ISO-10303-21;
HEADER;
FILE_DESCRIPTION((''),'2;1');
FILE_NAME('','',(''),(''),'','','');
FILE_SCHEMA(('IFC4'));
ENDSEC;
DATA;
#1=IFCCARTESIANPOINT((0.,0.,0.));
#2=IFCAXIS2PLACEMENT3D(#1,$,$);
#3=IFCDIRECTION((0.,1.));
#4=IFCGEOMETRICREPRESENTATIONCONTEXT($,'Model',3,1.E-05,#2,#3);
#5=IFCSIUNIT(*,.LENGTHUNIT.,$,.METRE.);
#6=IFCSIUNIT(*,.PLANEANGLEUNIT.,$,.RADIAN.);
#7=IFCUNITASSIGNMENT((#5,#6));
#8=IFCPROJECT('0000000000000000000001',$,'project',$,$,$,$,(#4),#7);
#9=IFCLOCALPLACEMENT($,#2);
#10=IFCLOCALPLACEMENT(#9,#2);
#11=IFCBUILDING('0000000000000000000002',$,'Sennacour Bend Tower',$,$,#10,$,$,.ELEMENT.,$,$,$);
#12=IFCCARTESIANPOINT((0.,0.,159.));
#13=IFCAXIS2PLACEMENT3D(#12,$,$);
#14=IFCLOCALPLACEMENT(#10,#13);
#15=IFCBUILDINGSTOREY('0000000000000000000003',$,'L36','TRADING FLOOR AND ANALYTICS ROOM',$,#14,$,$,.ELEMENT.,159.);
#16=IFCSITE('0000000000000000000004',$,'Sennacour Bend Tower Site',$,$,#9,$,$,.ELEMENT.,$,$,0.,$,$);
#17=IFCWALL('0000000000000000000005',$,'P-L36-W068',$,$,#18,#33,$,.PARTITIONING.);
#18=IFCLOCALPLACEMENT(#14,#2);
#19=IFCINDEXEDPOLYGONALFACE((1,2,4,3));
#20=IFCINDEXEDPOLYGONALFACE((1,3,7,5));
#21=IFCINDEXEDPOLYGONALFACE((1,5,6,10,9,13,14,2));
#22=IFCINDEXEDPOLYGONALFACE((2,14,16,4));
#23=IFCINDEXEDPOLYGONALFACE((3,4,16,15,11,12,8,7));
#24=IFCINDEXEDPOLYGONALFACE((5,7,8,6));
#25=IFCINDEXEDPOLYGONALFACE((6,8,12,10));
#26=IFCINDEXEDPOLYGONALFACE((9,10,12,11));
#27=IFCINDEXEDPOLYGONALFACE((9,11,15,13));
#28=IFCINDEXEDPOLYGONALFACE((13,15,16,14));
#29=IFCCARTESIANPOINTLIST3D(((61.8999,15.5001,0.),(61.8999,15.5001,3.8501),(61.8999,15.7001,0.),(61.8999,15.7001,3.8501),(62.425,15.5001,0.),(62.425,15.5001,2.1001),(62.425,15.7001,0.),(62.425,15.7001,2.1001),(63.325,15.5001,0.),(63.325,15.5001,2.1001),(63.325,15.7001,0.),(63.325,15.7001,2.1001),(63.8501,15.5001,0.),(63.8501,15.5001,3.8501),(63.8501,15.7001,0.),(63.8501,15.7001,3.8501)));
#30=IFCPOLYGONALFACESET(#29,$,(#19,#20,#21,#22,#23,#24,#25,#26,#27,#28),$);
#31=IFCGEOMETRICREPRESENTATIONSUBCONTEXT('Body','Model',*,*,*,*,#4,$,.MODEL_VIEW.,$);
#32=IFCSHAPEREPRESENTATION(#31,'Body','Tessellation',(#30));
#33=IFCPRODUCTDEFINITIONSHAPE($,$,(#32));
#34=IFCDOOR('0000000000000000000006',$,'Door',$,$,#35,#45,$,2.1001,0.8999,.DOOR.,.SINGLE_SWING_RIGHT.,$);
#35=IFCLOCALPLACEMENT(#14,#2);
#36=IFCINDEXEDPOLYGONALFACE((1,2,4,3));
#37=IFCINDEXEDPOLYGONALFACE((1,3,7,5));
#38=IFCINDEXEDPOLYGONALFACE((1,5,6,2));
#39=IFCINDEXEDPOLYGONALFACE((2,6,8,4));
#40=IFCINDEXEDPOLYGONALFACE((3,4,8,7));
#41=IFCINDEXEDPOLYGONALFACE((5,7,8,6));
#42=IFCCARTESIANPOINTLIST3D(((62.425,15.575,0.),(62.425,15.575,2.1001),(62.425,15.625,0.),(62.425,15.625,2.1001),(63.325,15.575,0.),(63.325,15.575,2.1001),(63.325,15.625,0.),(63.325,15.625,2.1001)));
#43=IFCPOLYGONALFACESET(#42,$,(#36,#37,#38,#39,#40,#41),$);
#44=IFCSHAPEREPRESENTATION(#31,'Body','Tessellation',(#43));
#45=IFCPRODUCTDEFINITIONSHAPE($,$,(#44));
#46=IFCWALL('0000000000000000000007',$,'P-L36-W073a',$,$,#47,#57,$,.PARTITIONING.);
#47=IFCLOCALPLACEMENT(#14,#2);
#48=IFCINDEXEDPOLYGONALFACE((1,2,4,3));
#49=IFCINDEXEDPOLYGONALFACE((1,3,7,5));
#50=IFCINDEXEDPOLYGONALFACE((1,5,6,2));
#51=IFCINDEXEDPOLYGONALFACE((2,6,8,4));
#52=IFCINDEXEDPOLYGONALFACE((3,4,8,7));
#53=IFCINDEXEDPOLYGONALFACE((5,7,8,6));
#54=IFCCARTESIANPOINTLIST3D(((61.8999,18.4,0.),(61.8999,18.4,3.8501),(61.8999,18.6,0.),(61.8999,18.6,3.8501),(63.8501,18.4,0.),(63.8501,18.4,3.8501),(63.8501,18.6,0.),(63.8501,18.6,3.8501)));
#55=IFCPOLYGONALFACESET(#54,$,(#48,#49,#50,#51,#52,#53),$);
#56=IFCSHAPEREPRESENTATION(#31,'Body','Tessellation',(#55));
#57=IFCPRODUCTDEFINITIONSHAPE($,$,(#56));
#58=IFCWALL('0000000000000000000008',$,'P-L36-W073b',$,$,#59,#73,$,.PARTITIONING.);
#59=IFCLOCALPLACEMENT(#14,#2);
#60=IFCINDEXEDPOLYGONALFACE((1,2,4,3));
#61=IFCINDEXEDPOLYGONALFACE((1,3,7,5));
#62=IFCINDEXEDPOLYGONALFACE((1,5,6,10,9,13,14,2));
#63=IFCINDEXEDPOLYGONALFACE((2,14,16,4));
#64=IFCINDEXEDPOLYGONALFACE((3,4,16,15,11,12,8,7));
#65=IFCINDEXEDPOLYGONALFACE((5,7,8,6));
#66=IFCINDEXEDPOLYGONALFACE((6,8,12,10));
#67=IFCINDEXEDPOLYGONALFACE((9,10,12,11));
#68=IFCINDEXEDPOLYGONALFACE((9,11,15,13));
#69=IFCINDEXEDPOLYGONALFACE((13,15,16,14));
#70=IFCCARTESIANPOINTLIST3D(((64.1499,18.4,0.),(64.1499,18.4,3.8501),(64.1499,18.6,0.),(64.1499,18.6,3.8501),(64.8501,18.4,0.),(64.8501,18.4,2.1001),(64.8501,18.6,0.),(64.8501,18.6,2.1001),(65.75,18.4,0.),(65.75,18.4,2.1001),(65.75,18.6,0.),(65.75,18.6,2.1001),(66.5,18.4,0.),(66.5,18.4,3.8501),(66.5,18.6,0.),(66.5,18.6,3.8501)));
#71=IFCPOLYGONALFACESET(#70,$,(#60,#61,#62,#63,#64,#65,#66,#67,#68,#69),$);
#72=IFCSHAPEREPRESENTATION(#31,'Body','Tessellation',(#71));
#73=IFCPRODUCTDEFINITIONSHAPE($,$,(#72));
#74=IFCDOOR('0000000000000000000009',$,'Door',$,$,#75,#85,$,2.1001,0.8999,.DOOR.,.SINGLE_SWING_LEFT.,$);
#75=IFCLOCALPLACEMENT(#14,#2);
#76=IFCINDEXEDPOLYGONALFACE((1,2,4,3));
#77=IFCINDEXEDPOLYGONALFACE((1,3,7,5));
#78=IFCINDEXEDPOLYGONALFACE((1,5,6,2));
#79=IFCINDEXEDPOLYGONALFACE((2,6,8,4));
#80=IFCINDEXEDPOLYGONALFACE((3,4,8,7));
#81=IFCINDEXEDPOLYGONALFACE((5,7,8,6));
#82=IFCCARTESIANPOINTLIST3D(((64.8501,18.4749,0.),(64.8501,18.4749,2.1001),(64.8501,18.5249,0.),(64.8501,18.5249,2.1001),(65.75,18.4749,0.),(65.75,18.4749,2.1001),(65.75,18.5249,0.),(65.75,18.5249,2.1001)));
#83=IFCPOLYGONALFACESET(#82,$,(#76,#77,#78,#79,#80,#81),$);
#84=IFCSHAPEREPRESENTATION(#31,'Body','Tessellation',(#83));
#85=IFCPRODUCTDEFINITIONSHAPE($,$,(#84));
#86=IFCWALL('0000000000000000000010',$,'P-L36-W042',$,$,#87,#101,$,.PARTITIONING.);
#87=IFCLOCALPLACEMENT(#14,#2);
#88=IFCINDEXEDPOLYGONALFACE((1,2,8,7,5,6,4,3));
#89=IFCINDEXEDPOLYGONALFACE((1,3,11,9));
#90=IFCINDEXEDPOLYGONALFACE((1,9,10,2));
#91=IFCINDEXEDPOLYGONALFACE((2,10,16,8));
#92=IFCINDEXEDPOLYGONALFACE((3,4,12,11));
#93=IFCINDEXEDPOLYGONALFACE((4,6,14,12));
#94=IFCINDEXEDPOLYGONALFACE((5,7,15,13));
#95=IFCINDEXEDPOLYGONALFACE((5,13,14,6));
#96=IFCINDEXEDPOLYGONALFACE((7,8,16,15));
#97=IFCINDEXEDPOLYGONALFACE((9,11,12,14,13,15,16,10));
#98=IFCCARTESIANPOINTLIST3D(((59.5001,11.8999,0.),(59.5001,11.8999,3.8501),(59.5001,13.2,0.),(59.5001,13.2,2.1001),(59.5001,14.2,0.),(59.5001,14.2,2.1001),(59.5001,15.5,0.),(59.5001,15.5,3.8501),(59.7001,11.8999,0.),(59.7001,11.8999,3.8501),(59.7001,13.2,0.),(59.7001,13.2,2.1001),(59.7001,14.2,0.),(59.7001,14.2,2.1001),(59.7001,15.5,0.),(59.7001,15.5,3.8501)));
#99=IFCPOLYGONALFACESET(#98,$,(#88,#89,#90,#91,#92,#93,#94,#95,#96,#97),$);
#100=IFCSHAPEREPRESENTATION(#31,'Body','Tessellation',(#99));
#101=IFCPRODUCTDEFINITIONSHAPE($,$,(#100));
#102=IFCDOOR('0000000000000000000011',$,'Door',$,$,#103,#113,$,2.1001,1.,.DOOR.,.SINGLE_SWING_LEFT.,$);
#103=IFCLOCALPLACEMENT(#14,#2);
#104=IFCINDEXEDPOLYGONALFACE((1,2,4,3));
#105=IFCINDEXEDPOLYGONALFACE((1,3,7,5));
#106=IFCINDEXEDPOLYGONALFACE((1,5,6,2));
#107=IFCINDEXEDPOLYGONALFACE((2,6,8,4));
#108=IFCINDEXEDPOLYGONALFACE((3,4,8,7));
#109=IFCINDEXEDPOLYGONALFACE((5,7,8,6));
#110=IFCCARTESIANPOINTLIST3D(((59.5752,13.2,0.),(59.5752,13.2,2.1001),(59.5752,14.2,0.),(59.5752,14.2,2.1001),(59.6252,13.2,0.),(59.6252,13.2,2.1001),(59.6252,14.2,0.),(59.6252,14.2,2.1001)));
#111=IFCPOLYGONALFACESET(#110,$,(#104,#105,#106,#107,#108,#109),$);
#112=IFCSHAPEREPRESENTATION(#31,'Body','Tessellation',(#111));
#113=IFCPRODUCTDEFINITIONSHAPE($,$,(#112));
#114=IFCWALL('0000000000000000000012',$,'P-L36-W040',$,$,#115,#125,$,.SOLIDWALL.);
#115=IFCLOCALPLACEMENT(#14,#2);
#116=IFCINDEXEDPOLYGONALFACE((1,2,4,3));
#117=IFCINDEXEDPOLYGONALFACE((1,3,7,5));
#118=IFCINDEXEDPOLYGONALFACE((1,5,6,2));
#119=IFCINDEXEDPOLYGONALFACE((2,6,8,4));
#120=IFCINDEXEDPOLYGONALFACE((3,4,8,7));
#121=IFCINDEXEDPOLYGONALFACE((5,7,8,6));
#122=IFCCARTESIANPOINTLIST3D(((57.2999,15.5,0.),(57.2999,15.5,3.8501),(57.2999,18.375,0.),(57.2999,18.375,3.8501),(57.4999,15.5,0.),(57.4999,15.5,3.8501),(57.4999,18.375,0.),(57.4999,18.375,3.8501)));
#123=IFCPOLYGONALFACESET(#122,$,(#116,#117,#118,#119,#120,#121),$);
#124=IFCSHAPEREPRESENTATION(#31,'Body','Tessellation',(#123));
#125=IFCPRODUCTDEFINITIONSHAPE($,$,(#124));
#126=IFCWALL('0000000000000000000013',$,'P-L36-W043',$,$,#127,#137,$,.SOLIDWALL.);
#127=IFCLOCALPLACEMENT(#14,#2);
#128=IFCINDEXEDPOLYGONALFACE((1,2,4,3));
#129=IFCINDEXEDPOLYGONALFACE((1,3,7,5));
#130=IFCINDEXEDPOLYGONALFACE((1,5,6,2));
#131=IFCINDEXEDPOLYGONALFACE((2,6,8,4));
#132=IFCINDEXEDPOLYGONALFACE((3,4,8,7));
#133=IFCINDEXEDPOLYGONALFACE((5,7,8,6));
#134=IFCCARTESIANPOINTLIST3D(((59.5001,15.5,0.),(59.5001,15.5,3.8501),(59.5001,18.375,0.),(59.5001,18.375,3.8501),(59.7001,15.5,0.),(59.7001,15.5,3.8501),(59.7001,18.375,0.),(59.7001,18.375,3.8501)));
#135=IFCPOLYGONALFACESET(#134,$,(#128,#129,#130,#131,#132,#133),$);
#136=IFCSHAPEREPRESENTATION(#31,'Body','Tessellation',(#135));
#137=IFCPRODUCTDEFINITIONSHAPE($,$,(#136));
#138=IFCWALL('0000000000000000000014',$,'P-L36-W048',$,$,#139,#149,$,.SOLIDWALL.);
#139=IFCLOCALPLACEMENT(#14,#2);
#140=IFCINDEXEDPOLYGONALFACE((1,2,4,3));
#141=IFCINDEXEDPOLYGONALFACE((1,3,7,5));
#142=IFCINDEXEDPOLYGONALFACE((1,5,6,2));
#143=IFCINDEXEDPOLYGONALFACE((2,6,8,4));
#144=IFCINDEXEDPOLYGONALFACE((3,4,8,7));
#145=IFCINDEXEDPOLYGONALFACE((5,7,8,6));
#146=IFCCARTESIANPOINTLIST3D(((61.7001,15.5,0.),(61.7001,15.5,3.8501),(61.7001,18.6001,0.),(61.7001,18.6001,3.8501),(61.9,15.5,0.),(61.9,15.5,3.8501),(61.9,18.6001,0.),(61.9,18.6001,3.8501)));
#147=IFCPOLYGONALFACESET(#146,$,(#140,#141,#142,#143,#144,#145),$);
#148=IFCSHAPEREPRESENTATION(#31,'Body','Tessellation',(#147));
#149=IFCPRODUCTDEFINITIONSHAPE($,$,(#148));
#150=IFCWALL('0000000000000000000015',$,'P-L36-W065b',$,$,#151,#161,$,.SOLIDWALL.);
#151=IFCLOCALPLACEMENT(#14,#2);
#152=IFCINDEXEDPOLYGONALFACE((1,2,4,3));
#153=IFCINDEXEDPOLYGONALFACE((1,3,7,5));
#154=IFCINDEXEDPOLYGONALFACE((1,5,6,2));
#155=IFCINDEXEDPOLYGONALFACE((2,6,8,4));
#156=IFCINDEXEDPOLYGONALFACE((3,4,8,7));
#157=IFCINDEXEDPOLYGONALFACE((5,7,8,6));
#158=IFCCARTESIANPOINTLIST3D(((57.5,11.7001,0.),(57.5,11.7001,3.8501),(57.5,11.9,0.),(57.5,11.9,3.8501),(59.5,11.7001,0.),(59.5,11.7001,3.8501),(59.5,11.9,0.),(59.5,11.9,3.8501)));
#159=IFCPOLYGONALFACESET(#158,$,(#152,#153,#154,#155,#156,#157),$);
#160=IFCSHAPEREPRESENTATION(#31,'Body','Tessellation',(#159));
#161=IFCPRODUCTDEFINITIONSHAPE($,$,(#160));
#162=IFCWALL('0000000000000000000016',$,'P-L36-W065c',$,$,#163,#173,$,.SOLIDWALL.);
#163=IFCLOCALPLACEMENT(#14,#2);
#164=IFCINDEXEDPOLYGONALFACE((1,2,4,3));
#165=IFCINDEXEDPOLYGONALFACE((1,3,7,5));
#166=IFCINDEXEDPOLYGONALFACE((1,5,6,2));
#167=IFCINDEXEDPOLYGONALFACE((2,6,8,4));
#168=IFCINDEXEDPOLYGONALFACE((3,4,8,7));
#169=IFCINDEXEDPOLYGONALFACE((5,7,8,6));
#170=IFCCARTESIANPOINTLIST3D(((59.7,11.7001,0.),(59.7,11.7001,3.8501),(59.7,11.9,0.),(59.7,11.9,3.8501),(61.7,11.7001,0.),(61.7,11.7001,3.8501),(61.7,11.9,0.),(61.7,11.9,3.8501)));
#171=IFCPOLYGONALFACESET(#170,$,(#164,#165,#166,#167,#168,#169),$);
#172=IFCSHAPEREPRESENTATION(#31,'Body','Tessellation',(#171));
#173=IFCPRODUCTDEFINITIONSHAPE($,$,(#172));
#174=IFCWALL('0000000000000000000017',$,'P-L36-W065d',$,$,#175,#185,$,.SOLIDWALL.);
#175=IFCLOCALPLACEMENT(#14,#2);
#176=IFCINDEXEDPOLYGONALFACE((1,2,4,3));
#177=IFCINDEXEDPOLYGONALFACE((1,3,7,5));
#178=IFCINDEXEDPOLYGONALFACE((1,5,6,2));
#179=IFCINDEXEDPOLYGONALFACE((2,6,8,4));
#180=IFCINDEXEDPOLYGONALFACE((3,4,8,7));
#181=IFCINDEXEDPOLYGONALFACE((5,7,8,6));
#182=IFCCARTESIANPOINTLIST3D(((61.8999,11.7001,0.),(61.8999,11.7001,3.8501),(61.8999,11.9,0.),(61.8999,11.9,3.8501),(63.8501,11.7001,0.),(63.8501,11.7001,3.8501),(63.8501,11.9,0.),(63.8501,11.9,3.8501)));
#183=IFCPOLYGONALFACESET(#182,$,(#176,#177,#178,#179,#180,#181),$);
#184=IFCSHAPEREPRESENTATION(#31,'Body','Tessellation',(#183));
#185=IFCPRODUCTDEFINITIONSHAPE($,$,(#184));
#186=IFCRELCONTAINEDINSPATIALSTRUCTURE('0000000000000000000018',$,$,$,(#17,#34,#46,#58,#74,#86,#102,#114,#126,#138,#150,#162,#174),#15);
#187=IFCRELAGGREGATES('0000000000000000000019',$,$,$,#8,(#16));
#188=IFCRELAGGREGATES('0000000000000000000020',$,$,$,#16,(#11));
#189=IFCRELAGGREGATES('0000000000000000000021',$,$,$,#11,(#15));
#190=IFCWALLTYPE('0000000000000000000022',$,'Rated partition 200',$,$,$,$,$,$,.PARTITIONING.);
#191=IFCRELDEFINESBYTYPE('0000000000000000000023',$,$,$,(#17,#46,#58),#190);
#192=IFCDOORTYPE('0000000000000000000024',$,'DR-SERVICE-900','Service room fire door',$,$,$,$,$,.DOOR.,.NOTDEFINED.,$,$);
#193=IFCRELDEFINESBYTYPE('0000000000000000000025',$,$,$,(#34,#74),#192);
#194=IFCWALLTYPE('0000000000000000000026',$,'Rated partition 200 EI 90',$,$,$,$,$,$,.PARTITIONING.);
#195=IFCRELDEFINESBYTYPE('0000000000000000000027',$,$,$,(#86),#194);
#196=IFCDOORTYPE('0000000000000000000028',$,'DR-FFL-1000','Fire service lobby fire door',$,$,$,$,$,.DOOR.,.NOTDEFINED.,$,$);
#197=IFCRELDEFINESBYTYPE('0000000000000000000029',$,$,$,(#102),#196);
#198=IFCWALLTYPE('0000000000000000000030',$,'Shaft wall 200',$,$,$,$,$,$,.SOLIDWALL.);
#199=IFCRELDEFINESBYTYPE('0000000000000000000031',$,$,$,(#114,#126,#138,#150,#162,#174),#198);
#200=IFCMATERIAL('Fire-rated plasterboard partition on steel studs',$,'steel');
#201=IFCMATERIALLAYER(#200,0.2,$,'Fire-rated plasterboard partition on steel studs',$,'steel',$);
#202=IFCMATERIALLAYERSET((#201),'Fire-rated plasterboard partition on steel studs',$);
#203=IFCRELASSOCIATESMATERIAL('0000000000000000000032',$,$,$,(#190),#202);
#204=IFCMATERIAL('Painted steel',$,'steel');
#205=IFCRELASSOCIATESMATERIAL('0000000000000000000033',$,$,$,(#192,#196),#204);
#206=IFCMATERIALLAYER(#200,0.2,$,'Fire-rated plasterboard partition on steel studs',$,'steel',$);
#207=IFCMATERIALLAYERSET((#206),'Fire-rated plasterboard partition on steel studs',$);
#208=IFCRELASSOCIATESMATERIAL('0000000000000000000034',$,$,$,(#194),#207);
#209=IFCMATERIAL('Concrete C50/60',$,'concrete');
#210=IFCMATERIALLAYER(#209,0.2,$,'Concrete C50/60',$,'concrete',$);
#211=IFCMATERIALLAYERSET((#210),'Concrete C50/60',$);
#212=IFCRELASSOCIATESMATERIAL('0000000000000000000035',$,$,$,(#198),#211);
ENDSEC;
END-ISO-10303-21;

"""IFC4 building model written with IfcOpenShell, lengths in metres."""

from ifc_helpers import new_model, si_unit, direction, frame, frame_2d, origin, place, context, subcontext, project, spatial, rectangle, extrude, material, layer, layer_set, type_object, element, fill, save


model = new_model("IFC4")

# Units and contexts
model_context = context("Model", 3, precision=1e-05, world=origin(), true_north=direction((0.0, 1.0)))
body_context = subcontext(model_context, "Body", "Model", "MODEL_VIEW")
ifc_project = project(units=[si_unit("LENGTHUNIT", "METRE"), si_unit("PLANEANGLEUNIT", "RADIAN")], contexts=[model_context])

# Site, building, storey
site_placement = place(None, origin())
site = spatial("IfcSite", under=ifc_project, at=site_placement, Name="Sennacour Bend Tower Site", CompositionType="ELEMENT", RefElevation=0.0)
building_placement = place(site_placement, origin())
building = spatial("IfcBuilding", under=site, at=building_placement, Name="Sennacour Bend Tower", CompositionType="ELEMENT")
storey_placement = place(building_placement, frame((0.0, 0.0, 159.0)))
storey = spatial("IfcBuildingStorey", under=building, at=storey_placement, Name="L36", Description="TRADING FLOOR AND ANALYTICS ROOM", CompositionType="ELEMENT", Elevation=159.0)

# Wall, opening, door
ifc_material_1 = material(Name="Fire-rated plasterboard partition on steel studs", Category="steel")
ifc_layer_1 = layer(ifc_material_1, 0.2, Name="Fire-rated plasterboard partition on steel studs", Category="steel")
ifc_layer_set_1 = layer_set([ifc_layer_1], Name="Fire-rated plasterboard partition on steel studs")
wall_type_1 = type_object("IfcWallType", Name="Rated partition 200", PredefinedType="PARTITIONING", material=ifc_layer_set_1)
wall_1_placement = place(storey_placement, frame((61.8999, 15.6001, 0.0), z_axis=(0.0, 0.0, 1.0), x_axis=(1.0, 0.0, 0.0)))
wall_1 = element("IfcWall", 1, at=wall_1_placement, inside=storey, type_object=wall_type_1, Name="P-L36-W068", PredefinedType="PARTITIONING", context=body_context, shape_type="SweptSolid", body=[
    extrude(rectangle(XDim=1.9502, YDim=0.2, at=frame_2d((0.9751, 0.0))), origin(), (0.0, 0.0, 1.0), 3.8501),
])
opening_1_placement = place(wall_1_placement, frame((0.5251, 0.0, 0.0)))
opening_1 = element("IfcOpeningElement", 2, at=opening_1_placement, cuts=wall_1, PredefinedType="OPENING", context=body_context, shape_type="SweptSolid", body=[
    extrude(rectangle(XDim=0.8999, YDim=2.1001, at=frame_2d((0.45, 1.05))), frame((0.0, 0.1099, 0.0), z_axis=(0.0, -1.0, 0.0), x_axis=(1.0, 0.0, 0.0)), (0.0, 0.0, 1.0), 0.22),
])
ifc_material_2 = material(Name="Painted steel", Category="steel")
door_type_1 = type_object("IfcDoorType", Name="DR-SERVICE-900", Description="Service room fire door", OperationType="NOTDEFINED", PredefinedType="DOOR", material=ifc_material_2)
door_1_placement = place(opening_1_placement, origin())
door_1 = element("IfcDoor", 3, at=door_1_placement, inside=storey, type_object=door_type_1, Name="Door", OperationType="SINGLE_SWING_RIGHT", OverallHeight=2.1001, OverallWidth=0.8999, PredefinedType="DOOR", context=body_context, shape_type="SweptSolid", body=[
    extrude(rectangle(XDim=0.8999, YDim=2.1001, at=frame_2d((0.45, 1.05))), frame((0.0, 0.0249, 0.0), z_axis=(0.0, -1.0, 0.0), x_axis=(1.0, 0.0, 0.0)), (0.0, 0.0, 1.0), 0.05),
])
fill(opening_1, door_1)

# Wall
wall_2_placement = place(storey_placement, frame((61.8999, 18.5, 0.0), z_axis=(0.0, 0.0, 1.0), x_axis=(1.0, 0.0, 0.0)))
element("IfcWall", 4, at=wall_2_placement, inside=storey, type_object=wall_type_1, Name="P-L36-W073a", PredefinedType="PARTITIONING", context=body_context, shape_type="SweptSolid", body=[
    extrude(rectangle(XDim=1.9502, YDim=0.2, at=frame_2d((0.9751, 0.0))), origin(), (0.0, 0.0, 1.0), 3.8501),
])

# Walls, openings, doors
wall_3_placement = place(storey_placement, frame((64.1499, 18.5, 0.0), z_axis=(0.0, 0.0, 1.0), x_axis=(1.0, 0.0, 0.0)))
wall_3 = element("IfcWall", 5, at=wall_3_placement, inside=storey, type_object=wall_type_1, Name="P-L36-W073b", PredefinedType="PARTITIONING", context=body_context, shape_type="SweptSolid", body=[
    extrude(rectangle(XDim=2.3501, YDim=0.2, at=frame_2d((1.175, 0.0))), origin(), (0.0, 0.0, 1.0), 3.8501),
])
opening_2_placement = place(wall_3_placement, frame((0.7002, 0.0, 0.0)))
opening_2 = element("IfcOpeningElement", 6, at=opening_2_placement, cuts=wall_3, PredefinedType="OPENING", context=body_context, shape_type="SweptSolid", body=[
    extrude(rectangle(XDim=0.8999, YDim=2.1001, at=frame_2d((0.45, 1.05))), frame((0.0, 0.1099, 0.0), z_axis=(0.0, -1.0, 0.0), x_axis=(1.0, 0.0, 0.0)), (0.0, 0.0, 1.0), 0.22),
])
door_2_placement = place(opening_2_placement, origin())
door_2 = element("IfcDoor", 7, at=door_2_placement, inside=storey, type_object=door_type_1, Name="Door", OperationType="SINGLE_SWING_LEFT", OverallHeight=2.1001, OverallWidth=0.8999, PredefinedType="DOOR", context=body_context, shape_type="SweptSolid", body=[
    extrude(rectangle(XDim=0.8999, YDim=2.1001, at=frame_2d((0.45, 1.05))), frame((0.0, 0.0249, 0.0), z_axis=(0.0, -1.0, 0.0), x_axis=(1.0, 0.0, 0.0)), (0.0, 0.0, 1.0), 0.05),
])
fill(opening_2, door_2)
ifc_layer_2 = layer(ifc_material_1, 0.2, Name="Fire-rated plasterboard partition on steel studs", Category="steel")
ifc_layer_set_2 = layer_set([ifc_layer_2], Name="Fire-rated plasterboard partition on steel studs")
wall_type_2 = type_object("IfcWallType", Name="Rated partition 200 EI 90", PredefinedType="PARTITIONING", material=ifc_layer_set_2)
wall_4_placement = place(storey_placement, frame((59.6001, 11.8999, 0.0), z_axis=(0.0, 0.0, 1.0), x_axis=(0.0, 1.0, 0.0)))
wall_4 = element("IfcWall", 8, at=wall_4_placement, inside=storey, type_object=wall_type_2, Name="P-L36-W042", PredefinedType="PARTITIONING", context=body_context, shape_type="SweptSolid", body=[
    extrude(rectangle(XDim=3.6001, YDim=0.2, at=frame_2d((1.8, 0.0))), origin(), (0.0, 0.0, 1.0), 3.8501),
])
opening_3_placement = place(wall_4_placement, frame((1.3, 0.0, 0.0)))
opening_3 = element("IfcOpeningElement", 9, at=opening_3_placement, cuts=wall_4, PredefinedType="OPENING", context=body_context, shape_type="SweptSolid", body=[
    extrude(rectangle(XDim=1.0, YDim=2.1001, at=frame_2d((0.5, 1.05))), frame((0.0, 0.1099, 0.0), z_axis=(0.0, -1.0, 0.0), x_axis=(1.0, 0.0, 0.0)), (0.0, 0.0, 1.0), 0.22),
])
door_type_2 = type_object("IfcDoorType", Name="DR-FFL-1000", Description="Fire service lobby fire door", OperationType="NOTDEFINED", PredefinedType="DOOR", material=ifc_material_2)
door_3_placement = place(opening_3_placement, origin())
door_3 = element("IfcDoor", 10, at=door_3_placement, inside=storey, type_object=door_type_2, Name="Door", OperationType="SINGLE_SWING_LEFT", OverallHeight=2.1001, OverallWidth=1.0, PredefinedType="DOOR", context=body_context, shape_type="SweptSolid", body=[
    extrude(rectangle(XDim=1.0, YDim=2.1001, at=frame_2d((0.5, 1.05))), frame((0.0, 0.0249, 0.0), z_axis=(0.0, -1.0, 0.0), x_axis=(1.0, 0.0, 0.0)), (0.0, 0.0, 1.0), 0.05),
])
fill(opening_3, door_3)

# Walls
ifc_material_3 = material(Name="Concrete C50/60", Category="concrete")
ifc_layer_3 = layer(ifc_material_3, 0.2, Name="Concrete C50/60", Category="concrete")
ifc_layer_set_3 = layer_set([ifc_layer_3], Name="Concrete C50/60")
wall_type_3 = type_object("IfcWallType", Name="Shaft wall 200", PredefinedType="SOLIDWALL", material=ifc_layer_set_3)
for number, where, z_axis, x_axis, name in (
    (11, (57.3999, 15.5, 0.0), (0.0, 0.0, 1.0), (0.0, 1.0, 0.0), "P-L36-W040"),
    (12, (59.6001, 15.5, 0.0), (0.0, 0.0, 1.0), (0.0, 1.0, 0.0), "P-L36-W043"),
):
    element("IfcWall", number, at=place(storey_placement, frame(where, z_axis=z_axis, x_axis=x_axis)), inside=storey, type_object=wall_type_3, Name=name, PredefinedType="SOLIDWALL", context=body_context, shape_type="SweptSolid", body=[
        extrude(rectangle(XDim=2.875, YDim=0.2, at=frame_2d((1.4375, 0.0))), origin(), (0.0, 0.0, 1.0), 3.8501),
    ])
wall_5_placement = place(storey_placement, frame((61.8, 15.5, 0.0), z_axis=(0.0, 0.0, 1.0), x_axis=(0.0, 1.0, 0.0)))
element("IfcWall", 13, at=wall_5_placement, inside=storey, type_object=wall_type_3, Name="P-L36-W048", PredefinedType="SOLIDWALL", context=body_context, shape_type="SweptSolid", body=[
    extrude(rectangle(XDim=3.1001, YDim=0.2, at=frame_2d((1.55, 0.0))), origin(), (0.0, 0.0, 1.0), 3.8501),
])
for number, where, z_axis, x_axis, name in (
    (14, (57.5, 11.8, 0.0), (0.0, 0.0, 1.0), (1.0, 0.0, 0.0), "P-L36-W065b"),
    (15, (59.7, 11.8, 0.0), (0.0, 0.0, 1.0), (1.0, 0.0, 0.0), "P-L36-W065c"),
):
    element("IfcWall", number, at=place(storey_placement, frame(where, z_axis=z_axis, x_axis=x_axis)), inside=storey, type_object=wall_type_3, Name=name, PredefinedType="SOLIDWALL", context=body_context, shape_type="SweptSolid", body=[
        extrude(rectangle(XDim=2.0, YDim=0.2, at=frame_2d((1.0, 0.0))), origin(), (0.0, 0.0, 1.0), 3.8501),
    ])
wall_6_placement = place(storey_placement, frame((61.8999, 11.8, 0.0), z_axis=(0.0, 0.0, 1.0), x_axis=(1.0, 0.0, 0.0)))
element("IfcWall", 16, at=wall_6_placement, inside=storey, type_object=wall_type_3, Name="P-L36-W065d", PredefinedType="SOLIDWALL", context=body_context, shape_type="SweptSolid", body=[
    extrude(rectangle(XDim=1.9502, YDim=0.2, at=frame_2d((0.9751, 0.0))), origin(), (0.0, 0.0, 1.0), 3.8501),
])

save(model, "model.ifc")
